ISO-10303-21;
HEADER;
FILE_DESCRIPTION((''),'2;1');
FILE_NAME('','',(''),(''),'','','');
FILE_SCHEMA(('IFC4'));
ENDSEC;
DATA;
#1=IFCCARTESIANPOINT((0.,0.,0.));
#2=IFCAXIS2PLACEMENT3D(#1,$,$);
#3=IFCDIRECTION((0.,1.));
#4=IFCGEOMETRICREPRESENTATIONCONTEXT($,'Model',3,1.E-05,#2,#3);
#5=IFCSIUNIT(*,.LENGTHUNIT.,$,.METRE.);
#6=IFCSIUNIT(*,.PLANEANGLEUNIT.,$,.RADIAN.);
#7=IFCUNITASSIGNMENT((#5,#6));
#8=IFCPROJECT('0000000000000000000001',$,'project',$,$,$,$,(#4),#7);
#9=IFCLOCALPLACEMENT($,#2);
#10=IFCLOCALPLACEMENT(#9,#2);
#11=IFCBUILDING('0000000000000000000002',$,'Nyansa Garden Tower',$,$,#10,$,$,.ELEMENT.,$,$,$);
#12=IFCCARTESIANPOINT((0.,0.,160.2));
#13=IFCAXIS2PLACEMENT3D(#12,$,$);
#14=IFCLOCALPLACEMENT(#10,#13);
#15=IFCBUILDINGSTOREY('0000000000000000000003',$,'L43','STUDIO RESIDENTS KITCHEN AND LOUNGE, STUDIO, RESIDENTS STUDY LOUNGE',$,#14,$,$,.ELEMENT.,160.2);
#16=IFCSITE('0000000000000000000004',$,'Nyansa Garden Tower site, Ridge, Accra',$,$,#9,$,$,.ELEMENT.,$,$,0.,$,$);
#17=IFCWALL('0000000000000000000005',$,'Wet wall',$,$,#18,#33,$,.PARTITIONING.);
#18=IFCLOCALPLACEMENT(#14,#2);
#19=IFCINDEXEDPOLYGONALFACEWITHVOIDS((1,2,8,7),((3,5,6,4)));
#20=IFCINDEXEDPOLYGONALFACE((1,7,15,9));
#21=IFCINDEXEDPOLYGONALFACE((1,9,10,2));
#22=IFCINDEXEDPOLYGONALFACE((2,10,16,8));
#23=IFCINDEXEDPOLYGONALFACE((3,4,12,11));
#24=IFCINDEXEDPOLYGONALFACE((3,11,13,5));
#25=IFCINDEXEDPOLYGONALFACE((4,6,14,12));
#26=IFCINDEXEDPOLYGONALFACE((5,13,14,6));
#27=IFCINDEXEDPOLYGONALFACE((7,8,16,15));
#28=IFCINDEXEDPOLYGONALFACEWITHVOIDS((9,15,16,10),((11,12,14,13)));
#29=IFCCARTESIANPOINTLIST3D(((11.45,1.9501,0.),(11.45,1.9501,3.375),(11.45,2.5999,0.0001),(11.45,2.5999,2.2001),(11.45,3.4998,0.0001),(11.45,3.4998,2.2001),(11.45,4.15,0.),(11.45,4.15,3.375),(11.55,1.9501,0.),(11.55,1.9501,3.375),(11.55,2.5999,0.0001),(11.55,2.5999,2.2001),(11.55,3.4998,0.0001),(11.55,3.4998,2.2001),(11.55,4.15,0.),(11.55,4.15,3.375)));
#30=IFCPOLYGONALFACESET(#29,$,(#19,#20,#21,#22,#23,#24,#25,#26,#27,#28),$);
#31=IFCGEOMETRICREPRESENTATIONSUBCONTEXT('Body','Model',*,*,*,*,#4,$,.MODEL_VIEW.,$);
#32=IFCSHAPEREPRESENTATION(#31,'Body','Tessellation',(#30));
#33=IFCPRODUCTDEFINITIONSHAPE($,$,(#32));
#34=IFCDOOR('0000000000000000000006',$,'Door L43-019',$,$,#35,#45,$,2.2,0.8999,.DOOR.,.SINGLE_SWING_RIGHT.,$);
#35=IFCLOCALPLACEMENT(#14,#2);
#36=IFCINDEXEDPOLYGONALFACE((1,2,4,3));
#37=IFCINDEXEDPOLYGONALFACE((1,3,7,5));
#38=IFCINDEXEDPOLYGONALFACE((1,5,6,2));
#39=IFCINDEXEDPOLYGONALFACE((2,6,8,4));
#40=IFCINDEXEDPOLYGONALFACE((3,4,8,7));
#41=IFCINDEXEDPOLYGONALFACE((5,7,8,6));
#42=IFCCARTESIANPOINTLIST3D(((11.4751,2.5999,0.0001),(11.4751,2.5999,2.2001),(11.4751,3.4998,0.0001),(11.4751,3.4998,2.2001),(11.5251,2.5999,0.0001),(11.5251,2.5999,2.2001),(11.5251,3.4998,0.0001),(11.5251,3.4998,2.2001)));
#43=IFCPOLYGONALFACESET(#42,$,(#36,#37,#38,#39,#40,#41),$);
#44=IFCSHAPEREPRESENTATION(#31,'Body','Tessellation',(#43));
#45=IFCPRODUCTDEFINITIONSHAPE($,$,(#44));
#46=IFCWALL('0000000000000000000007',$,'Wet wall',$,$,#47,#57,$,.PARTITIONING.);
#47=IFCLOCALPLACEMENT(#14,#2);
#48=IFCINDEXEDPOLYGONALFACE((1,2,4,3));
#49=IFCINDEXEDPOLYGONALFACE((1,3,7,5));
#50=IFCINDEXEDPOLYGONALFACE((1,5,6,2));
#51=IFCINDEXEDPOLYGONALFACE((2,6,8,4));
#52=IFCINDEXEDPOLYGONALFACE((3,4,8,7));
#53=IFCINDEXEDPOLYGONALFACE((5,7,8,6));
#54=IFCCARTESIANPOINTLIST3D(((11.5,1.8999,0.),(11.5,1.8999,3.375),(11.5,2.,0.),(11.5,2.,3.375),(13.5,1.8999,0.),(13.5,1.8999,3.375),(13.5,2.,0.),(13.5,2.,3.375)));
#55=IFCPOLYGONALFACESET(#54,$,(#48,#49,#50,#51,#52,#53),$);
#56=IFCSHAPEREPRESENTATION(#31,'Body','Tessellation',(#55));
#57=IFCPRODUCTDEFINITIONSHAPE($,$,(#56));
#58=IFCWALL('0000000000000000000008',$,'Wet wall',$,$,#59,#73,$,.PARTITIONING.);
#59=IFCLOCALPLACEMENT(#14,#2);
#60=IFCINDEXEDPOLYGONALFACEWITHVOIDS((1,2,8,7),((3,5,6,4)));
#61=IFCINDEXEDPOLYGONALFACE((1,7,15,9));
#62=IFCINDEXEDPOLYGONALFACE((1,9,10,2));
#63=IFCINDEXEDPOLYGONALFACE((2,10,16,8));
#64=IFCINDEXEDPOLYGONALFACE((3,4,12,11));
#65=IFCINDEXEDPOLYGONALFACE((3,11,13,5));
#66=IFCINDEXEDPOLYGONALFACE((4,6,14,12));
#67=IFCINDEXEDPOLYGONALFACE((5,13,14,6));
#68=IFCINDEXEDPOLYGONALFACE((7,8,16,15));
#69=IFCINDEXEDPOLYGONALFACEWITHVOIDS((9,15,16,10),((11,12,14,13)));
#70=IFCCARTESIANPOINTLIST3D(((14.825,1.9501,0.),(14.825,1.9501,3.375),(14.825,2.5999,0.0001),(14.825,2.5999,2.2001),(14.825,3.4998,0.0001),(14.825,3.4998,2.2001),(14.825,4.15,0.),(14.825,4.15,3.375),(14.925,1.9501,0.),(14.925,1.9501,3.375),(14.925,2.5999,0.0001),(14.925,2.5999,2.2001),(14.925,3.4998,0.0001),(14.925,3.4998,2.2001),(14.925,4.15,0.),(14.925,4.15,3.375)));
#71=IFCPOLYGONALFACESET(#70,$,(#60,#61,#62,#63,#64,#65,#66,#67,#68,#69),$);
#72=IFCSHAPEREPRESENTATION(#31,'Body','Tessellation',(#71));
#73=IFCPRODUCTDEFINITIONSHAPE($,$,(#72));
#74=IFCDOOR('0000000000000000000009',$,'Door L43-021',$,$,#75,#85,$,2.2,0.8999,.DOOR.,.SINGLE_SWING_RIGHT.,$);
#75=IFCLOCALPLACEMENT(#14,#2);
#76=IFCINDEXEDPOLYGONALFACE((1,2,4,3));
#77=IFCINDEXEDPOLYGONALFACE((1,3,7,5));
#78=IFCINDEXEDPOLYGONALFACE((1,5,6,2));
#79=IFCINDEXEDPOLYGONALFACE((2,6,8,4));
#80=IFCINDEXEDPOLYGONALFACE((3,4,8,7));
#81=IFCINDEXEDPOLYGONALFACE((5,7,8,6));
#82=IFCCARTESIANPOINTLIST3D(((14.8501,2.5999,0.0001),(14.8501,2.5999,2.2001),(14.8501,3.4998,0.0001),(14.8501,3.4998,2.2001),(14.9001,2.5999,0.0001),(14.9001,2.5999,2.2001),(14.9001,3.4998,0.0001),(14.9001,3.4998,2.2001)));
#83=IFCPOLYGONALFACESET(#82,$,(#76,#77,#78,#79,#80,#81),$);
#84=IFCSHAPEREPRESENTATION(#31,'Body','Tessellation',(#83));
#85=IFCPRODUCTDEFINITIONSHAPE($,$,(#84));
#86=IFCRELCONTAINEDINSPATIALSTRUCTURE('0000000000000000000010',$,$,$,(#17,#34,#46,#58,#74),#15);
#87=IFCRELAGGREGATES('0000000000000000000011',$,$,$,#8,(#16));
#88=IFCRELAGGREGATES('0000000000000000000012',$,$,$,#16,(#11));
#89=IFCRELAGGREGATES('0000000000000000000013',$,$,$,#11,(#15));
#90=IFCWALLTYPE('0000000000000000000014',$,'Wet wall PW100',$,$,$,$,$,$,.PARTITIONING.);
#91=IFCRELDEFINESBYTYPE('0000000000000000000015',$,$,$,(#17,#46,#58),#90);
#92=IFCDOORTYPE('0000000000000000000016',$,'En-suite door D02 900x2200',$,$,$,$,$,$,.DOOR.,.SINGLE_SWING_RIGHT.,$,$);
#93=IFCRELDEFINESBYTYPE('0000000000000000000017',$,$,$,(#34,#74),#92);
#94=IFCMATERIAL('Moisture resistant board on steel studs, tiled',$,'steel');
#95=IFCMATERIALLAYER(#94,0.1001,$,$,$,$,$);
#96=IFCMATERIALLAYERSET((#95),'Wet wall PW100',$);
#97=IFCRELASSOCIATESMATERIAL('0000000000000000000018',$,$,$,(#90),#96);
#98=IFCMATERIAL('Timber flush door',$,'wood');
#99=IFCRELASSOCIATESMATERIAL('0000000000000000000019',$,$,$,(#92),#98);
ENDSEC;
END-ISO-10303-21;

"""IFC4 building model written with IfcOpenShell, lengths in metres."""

from ifc_helpers import new_model, si_unit, direction, frame, frame_2d, origin, place, context, subcontext, project, spatial, rectangle, extrude, material, layer, layer_set, type_object, element, fill, save


model = new_model("IFC4")

# Units and contexts
model_context = context("Model", 3, precision=1e-05, world=origin(), true_north=direction((0.0, 1.0)))
body_context = subcontext(model_context, "Body", "Model", "MODEL_VIEW")
ifc_project = project(units=[si_unit("LENGTHUNIT", "METRE"), si_unit("PLANEANGLEUNIT", "RADIAN")], contexts=[model_context])

# Site, building, storey
site_placement = place(None, origin())
site = spatial("IfcSite", under=ifc_project, at=site_placement, Name="Nyansa Garden Tower site, Ridge, Accra", CompositionType="ELEMENT", RefElevation=0.0)
building_placement = place(site_placement, origin())
building = spatial("IfcBuilding", under=site, at=building_placement, Name="Nyansa Garden Tower", CompositionType="ELEMENT")
storey_placement = place(building_placement, frame((0.0, 0.0, 160.2)))
storey = spatial("IfcBuildingStorey", under=building, at=storey_placement, Name="L43", Description="STUDIO RESIDENTS KITCHEN AND LOUNGE, STUDIO, RESIDENTS STUDY LOUNGE", CompositionType="ELEMENT", Elevation=160.2)

# Wall, opening, door
ifc_material_1 = material(Name="Moisture resistant board on steel studs, tiled", Category="steel")
ifc_layer_1 = layer(ifc_material_1, 0.1001)
ifc_layer_set_1 = layer_set([ifc_layer_1], Name="Wet wall PW100")
wall_type_1 = type_object("IfcWallType", Name="Wet wall PW100", PredefinedType="PARTITIONING", material=ifc_layer_set_1)
wall_1_placement = place(storey_placement, frame((11.5, 1.95, 0.0), z_axis=(0.0, 0.0, 1.0), x_axis=(0.0, 1.0, 0.0)))
wall_1 = element("IfcWall", 1, at=wall_1_placement, inside=storey, type_object=wall_type_1, Name="Wet wall", PredefinedType="PARTITIONING", context=body_context, shape_type="SweptSolid", body=[
    extrude(rectangle(XDim=2.2, YDim=0.1001, at=frame_2d((1.1001, 0.0))), origin(), (0.0, 0.0, 1.0), 3.375),
])
opening_1_placement = place(wall_1_placement, frame((0.6499, 0.0, 0.0)))
opening_1 = element("IfcOpeningElement", 2, at=opening_1_placement, cuts=wall_1, PredefinedType="OPENING", context=body_context, shape_type="SweptSolid", body=[
    extrude(rectangle(XDim=0.8999, YDim=2.2, at=frame_2d((0.45, 1.1001))), frame((0.0, 0.0601, 0.0), z_axis=(0.0, -1.0, 0.0), x_axis=(1.0, 0.0, 0.0)), (0.0, 0.0, 1.0), 0.1201),
])
ifc_material_2 = material(Name="Timber flush door", Category="wood")
door_type = type_object("IfcDoorType", Name="En-suite door D02 900x2200", OperationType="SINGLE_SWING_RIGHT", PredefinedType="DOOR", material=ifc_material_2)
door_1_placement = place(opening_1_placement, origin())
door_1 = element("IfcDoor", 3, at=door_1_placement, inside=storey, type_object=door_type, Name="Door L43-019", OperationType="SINGLE_SWING_RIGHT", OverallHeight=2.2, OverallWidth=0.8999, PredefinedType="DOOR", context=body_context, shape_type="SweptSolid", body=[
    extrude(rectangle(XDim=0.8999, YDim=2.2, at=frame_2d((0.45, 1.1001))), frame((0.0, 0.0249, 0.0), z_axis=(0.0, -1.0, 0.0), x_axis=(1.0, 0.0, 0.0)), (0.0, 0.0, 1.0), 0.05),
])
fill(opening_1, door_1)

# Wall
wall_2_placement = place(storey_placement, frame((11.5, 1.95, 0.0), z_axis=(0.0, 0.0, 1.0), x_axis=(1.0, 0.0, 0.0)))
element("IfcWall", 4, at=wall_2_placement, inside=storey, type_object=wall_type_1, Name="Wet wall", PredefinedType="PARTITIONING", context=body_context, shape_type="SweptSolid", body=[
    extrude(rectangle(XDim=2.0, YDim=0.1001, at=frame_2d((1.0, 0.0))), origin(), (0.0, 0.0, 1.0), 3.375),
])

# Wall, opening, door
wall_3_placement = place(storey_placement, frame((14.875, 1.95, 0.0), z_axis=(0.0, 0.0, 1.0), x_axis=(0.0, 1.0, 0.0)))
wall_3 = element("IfcWall", 5, at=wall_3_placement, inside=storey, type_object=wall_type_1, Name="Wet wall", PredefinedType="PARTITIONING", context=body_context, shape_type="SweptSolid", body=[
    extrude(rectangle(XDim=2.2, YDim=0.1001, at=frame_2d((1.1001, 0.0))), origin(), (0.0, 0.0, 1.0), 3.375),
])
opening_2_placement = place(wall_3_placement, frame((0.6499, 0.0, 0.0)))
opening_2 = element("IfcOpeningElement", 6, at=opening_2_placement, cuts=wall_3, PredefinedType="OPENING", context=body_context, shape_type="SweptSolid", body=[
    extrude(rectangle(XDim=0.8999, YDim=2.2, at=frame_2d((0.45, 1.1001))), frame((0.0, 0.0601, 0.0), z_axis=(0.0, -1.0, 0.0), x_axis=(1.0, 0.0, 0.0)), (0.0, 0.0, 1.0), 0.1201),
])
door_2_placement = place(opening_2_placement, origin())
door_2 = element("IfcDoor", 7, at=door_2_placement, inside=storey, type_object=door_type, Name="Door L43-021", OperationType="SINGLE_SWING_RIGHT", OverallHeight=2.2, OverallWidth=0.8999, PredefinedType="DOOR", context=body_context, shape_type="SweptSolid", body=[
    extrude(rectangle(XDim=0.8999, YDim=2.2, at=frame_2d((0.45, 1.1001))), frame((0.0, 0.0249, 0.0), z_axis=(0.0, -1.0, 0.0), x_axis=(1.0, 0.0, 0.0)), (0.0, 0.0, 1.0), 0.05),
])
fill(opening_2, door_2)

save(model, "model.ifc")
